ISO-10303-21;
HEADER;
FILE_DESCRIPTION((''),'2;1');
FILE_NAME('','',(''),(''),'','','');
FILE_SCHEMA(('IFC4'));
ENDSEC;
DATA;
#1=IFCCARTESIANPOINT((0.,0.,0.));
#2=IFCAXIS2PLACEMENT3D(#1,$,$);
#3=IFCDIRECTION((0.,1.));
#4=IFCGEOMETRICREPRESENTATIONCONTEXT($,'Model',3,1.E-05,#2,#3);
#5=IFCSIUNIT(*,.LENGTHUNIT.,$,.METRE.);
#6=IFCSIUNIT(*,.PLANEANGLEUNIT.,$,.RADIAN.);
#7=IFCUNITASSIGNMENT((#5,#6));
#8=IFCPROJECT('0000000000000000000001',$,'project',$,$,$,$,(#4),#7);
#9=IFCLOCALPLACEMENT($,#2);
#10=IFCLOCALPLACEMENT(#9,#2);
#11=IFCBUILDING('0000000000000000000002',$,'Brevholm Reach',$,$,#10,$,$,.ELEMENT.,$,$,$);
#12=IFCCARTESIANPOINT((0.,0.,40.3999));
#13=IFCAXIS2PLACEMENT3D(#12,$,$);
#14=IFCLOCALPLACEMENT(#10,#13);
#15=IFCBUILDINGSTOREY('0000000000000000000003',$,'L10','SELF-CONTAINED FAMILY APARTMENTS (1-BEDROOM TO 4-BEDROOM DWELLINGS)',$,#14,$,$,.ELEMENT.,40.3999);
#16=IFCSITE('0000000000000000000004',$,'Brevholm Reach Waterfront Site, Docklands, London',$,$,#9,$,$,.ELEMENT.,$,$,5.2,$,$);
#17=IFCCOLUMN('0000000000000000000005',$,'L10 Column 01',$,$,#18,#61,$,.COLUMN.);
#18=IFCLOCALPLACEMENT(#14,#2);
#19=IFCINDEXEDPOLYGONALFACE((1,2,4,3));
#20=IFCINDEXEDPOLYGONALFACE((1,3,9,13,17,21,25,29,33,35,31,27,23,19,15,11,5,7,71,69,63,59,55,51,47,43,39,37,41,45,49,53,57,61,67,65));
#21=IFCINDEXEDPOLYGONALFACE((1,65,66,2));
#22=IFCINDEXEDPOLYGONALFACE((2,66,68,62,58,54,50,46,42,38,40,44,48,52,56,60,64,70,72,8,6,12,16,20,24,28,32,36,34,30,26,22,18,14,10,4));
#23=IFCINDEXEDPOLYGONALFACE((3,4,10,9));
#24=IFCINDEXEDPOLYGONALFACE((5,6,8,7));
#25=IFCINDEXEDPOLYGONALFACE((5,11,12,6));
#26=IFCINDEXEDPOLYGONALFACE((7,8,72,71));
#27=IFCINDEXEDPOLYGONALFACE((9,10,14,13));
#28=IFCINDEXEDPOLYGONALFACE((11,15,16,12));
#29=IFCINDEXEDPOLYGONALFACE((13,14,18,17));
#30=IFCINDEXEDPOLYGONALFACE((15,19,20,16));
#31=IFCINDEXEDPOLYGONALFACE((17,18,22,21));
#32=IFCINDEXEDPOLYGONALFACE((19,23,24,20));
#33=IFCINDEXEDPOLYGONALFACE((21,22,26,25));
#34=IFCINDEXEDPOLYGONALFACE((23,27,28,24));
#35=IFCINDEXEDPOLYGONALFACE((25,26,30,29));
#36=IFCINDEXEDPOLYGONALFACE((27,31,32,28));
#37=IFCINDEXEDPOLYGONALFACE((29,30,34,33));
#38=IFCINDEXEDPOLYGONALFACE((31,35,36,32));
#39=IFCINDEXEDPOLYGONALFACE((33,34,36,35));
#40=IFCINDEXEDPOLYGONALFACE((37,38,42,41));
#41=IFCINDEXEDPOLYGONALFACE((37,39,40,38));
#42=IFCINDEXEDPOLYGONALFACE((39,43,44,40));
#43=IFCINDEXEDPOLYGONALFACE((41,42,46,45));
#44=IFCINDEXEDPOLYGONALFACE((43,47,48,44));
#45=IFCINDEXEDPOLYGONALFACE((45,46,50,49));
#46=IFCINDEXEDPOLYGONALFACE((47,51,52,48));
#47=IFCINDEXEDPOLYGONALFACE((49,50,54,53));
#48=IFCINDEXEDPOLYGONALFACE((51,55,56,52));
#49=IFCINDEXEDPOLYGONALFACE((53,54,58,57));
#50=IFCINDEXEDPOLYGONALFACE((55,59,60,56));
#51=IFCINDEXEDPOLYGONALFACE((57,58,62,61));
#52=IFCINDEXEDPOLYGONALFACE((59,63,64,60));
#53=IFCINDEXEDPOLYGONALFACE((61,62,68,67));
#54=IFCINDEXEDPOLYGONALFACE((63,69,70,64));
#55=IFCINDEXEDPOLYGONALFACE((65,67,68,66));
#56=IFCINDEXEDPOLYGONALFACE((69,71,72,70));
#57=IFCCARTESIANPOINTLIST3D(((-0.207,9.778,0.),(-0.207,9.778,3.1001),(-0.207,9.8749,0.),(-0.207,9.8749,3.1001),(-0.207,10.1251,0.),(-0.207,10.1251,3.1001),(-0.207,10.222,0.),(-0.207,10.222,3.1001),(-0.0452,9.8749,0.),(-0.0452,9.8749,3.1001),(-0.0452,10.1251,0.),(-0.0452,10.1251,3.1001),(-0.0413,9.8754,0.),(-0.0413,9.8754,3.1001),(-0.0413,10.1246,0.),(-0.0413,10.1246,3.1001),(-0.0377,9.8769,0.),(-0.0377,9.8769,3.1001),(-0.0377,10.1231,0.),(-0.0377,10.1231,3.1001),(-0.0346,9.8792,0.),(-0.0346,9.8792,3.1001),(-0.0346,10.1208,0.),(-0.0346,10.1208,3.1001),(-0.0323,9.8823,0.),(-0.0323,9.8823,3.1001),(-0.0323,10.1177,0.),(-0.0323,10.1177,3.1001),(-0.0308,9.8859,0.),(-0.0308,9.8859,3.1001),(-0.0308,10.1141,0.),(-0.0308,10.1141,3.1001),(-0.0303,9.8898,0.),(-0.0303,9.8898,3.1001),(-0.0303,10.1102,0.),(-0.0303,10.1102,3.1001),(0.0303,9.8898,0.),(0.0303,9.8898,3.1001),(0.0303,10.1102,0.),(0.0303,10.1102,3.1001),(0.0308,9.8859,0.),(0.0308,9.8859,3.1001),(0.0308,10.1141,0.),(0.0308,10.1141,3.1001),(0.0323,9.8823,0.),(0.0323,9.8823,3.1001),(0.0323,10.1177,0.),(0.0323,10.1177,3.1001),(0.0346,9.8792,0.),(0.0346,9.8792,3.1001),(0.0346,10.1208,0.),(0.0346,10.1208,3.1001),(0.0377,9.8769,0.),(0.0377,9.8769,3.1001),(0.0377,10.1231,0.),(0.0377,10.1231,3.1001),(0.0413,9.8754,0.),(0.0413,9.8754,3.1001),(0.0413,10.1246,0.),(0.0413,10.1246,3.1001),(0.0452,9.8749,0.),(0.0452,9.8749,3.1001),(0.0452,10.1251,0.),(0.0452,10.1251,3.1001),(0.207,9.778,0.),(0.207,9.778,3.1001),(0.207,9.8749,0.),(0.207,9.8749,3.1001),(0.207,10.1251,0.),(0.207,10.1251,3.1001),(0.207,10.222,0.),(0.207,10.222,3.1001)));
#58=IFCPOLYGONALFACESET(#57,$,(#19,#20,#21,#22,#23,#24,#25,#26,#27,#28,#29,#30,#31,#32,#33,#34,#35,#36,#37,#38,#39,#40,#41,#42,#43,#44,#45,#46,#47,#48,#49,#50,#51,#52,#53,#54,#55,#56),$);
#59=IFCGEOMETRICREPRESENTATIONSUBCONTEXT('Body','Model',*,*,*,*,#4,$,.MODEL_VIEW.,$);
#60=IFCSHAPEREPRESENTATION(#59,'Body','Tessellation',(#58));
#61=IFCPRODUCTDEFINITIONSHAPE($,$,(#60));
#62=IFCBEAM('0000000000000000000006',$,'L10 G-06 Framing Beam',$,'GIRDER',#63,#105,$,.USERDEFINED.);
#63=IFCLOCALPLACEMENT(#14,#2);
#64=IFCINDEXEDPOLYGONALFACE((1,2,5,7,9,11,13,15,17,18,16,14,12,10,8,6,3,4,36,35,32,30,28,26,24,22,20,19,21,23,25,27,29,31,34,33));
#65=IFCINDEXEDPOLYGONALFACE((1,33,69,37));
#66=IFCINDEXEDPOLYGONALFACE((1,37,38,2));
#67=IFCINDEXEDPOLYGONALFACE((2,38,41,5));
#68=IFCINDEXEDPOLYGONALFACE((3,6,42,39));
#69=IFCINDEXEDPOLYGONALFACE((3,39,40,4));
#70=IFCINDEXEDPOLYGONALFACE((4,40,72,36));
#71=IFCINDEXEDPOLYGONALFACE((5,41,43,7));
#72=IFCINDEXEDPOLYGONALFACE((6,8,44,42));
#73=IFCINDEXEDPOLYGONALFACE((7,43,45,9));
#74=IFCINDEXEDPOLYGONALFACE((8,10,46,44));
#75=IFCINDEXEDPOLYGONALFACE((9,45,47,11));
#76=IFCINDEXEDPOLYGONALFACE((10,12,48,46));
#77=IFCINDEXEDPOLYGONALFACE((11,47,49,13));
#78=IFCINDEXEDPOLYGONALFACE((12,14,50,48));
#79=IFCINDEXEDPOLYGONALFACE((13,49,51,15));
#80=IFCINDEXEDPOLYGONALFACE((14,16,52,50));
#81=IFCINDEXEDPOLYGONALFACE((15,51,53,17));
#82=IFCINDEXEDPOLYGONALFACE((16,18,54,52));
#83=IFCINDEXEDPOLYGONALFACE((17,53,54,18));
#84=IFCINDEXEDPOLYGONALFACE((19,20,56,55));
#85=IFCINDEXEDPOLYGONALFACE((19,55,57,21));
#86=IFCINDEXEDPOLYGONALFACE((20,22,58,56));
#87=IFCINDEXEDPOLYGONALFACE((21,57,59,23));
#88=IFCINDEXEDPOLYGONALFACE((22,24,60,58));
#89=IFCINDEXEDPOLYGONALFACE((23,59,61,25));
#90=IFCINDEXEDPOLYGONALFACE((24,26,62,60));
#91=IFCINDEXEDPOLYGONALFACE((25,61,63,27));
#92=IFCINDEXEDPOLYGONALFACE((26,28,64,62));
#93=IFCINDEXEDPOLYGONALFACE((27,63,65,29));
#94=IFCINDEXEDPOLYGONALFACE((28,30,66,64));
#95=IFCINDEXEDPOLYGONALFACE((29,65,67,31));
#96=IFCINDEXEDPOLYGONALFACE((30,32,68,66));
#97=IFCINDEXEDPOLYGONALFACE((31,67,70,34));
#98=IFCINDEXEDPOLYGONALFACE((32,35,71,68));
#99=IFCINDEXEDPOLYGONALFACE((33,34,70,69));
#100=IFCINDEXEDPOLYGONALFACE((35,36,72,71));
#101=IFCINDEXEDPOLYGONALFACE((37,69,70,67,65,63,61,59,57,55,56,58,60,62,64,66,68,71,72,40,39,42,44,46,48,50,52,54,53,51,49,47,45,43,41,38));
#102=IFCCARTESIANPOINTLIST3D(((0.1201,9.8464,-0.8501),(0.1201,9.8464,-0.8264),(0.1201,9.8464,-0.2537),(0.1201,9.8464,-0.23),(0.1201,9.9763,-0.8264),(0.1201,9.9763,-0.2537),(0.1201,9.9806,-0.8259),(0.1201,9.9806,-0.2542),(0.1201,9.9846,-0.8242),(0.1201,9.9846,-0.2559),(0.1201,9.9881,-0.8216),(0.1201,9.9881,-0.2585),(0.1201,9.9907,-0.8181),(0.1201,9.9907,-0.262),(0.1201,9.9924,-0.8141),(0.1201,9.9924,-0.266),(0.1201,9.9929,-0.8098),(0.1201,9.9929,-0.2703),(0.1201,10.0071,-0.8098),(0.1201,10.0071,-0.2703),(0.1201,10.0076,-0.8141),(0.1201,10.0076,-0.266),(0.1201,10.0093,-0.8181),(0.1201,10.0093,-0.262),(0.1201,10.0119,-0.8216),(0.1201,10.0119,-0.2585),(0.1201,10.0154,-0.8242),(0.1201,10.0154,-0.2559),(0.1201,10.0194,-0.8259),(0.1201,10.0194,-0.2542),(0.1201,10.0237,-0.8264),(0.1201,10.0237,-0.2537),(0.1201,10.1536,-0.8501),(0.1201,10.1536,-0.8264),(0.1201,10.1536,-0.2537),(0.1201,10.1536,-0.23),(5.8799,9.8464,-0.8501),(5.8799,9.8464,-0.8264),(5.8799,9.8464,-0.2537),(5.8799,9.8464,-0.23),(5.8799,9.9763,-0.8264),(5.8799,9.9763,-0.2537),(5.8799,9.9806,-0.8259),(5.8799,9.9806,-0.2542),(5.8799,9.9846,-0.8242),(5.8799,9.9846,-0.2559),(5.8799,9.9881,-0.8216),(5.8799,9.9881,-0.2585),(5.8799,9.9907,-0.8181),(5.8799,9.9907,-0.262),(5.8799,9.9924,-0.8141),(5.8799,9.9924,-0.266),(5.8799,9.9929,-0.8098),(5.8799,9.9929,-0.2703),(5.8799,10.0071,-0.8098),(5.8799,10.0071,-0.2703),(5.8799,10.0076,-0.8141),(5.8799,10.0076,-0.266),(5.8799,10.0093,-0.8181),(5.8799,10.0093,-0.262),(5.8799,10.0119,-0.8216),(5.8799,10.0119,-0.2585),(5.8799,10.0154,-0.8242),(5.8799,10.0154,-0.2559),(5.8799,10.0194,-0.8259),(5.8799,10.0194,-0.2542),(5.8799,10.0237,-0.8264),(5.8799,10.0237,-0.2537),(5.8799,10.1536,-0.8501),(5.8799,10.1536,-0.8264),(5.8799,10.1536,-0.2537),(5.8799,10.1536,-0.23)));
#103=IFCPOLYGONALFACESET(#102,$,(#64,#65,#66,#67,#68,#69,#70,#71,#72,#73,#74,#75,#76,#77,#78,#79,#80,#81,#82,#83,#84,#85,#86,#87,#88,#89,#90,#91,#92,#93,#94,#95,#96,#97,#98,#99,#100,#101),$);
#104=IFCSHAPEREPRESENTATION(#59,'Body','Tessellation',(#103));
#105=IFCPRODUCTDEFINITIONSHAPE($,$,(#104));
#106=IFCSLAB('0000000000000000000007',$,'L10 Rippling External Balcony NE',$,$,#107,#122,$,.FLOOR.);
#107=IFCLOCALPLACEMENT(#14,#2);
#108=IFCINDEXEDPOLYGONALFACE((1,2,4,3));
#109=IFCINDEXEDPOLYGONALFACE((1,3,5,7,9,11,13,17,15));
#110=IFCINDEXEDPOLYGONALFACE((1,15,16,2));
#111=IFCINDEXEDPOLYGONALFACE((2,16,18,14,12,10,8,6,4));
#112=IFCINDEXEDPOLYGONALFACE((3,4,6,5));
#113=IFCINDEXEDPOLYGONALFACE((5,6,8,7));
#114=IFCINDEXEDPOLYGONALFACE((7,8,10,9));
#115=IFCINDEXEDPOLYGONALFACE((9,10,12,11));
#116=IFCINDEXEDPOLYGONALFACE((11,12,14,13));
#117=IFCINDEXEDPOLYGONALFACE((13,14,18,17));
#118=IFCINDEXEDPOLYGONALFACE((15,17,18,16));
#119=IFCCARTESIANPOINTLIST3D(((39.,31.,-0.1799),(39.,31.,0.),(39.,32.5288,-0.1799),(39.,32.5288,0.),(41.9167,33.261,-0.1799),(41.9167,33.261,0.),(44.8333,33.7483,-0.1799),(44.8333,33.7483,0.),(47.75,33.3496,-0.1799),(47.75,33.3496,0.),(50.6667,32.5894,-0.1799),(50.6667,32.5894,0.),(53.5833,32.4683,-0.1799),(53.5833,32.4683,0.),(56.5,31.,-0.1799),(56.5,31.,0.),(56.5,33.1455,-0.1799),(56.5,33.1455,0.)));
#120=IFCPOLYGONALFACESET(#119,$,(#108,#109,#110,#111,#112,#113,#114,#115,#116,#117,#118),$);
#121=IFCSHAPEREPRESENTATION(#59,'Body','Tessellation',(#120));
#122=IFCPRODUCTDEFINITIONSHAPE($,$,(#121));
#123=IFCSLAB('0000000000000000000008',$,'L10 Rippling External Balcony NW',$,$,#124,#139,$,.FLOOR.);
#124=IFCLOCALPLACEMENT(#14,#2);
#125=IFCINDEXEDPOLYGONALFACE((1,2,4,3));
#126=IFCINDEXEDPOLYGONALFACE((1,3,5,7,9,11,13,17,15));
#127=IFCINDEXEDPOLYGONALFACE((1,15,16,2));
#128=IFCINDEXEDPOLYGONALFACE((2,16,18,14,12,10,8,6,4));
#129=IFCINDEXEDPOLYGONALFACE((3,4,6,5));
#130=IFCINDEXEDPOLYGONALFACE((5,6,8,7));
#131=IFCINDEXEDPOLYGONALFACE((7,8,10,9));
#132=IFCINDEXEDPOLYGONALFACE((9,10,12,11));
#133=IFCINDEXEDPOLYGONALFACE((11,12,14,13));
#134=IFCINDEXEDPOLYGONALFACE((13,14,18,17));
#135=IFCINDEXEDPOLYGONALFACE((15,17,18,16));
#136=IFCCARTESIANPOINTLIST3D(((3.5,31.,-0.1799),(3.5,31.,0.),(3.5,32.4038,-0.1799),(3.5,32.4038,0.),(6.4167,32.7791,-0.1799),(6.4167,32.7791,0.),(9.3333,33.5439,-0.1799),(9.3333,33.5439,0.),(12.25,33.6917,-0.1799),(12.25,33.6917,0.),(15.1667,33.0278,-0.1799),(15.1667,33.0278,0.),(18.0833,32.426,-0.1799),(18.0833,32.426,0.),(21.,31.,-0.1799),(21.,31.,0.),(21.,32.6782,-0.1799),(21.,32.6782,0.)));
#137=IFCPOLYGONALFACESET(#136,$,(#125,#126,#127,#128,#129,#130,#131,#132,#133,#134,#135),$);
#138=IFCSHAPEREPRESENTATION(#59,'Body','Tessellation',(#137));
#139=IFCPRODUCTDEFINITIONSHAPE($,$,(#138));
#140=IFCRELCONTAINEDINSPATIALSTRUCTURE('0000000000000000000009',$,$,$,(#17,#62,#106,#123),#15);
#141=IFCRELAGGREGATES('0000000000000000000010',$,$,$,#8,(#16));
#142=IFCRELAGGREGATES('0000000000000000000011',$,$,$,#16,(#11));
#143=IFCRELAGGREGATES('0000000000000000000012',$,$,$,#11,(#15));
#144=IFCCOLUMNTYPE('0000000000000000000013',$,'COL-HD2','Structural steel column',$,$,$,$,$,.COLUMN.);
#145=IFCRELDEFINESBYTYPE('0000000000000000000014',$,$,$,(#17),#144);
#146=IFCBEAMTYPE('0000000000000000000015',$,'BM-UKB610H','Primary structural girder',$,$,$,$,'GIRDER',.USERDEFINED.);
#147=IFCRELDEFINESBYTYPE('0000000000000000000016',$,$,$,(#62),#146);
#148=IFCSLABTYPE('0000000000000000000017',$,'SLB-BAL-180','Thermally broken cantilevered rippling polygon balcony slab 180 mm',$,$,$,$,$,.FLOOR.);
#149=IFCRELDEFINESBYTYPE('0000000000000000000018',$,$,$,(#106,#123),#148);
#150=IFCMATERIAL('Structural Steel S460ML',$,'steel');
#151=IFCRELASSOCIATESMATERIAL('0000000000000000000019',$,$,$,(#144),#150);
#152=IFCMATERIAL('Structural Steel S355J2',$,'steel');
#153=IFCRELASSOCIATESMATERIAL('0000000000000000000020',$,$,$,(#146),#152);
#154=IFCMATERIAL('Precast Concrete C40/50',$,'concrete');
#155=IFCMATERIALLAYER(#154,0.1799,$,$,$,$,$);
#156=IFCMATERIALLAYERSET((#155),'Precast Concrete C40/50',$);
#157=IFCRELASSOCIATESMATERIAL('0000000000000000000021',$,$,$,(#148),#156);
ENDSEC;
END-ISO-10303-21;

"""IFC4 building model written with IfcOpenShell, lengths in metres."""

from ifc_helpers import new_model, si_unit, direction, frame, origin, origin_2d, place, context, subcontext, project, spatial, polyline, i_section, outline, extrude, material, layer, layer_set, material_profile, profile_set, type_object, element, save


model = new_model("IFC4")

# Units and contexts
model_context = context("Model", 3, precision=1e-05, world=origin(), true_north=direction((0.0, 1.0)))
body_context = subcontext(model_context, "Body", "Model", "MODEL_VIEW")
ifc_project = project(units=[si_unit("LENGTHUNIT", "METRE"), si_unit("PLANEANGLEUNIT", "RADIAN")], contexts=[model_context])

# Site, building, storey
site_placement = place(None, origin())
site = spatial("IfcSite", under=ifc_project, at=site_placement, Name="Brevholm Reach Waterfront Site, Docklands, London", CompositionType="ELEMENT", RefElevation=5.2)
building_placement = place(site_placement, origin())
building = spatial("IfcBuilding", under=site, at=building_placement, Name="Brevholm Reach", CompositionType="ELEMENT")
storey_placement = place(building_placement, frame((0.0, 0.0, 40.3999)))
storey = spatial("IfcBuildingStorey", under=building, at=storey_placement, Name="L10", Description="SELF-CONTAINED FAMILY APARTMENTS (1-BEDROOM TO 4-BEDROOM DWELLINGS)", CompositionType="ELEMENT", Elevation=40.3999)

# Column
ifc_material_1 = material(Name="Structural Steel S460ML", Category="steel")
ifc_material_profile_1 = material_profile(ifc_material_1, i_section(OverallWidth=0.4141, OverallDepth=0.4441, WebThickness=0.0605, FlangeThickness=0.0969, FilletRadius=0.0149, at=origin_2d()), Name="HD 400x818")
ifc_profile_set_1 = profile_set([ifc_material_profile_1], Name="Structural Steel S460ML")
column_type = type_object("IfcColumnType", Name="COL-HD2", Description="Structural steel column", PredefinedType="COLUMN", material=ifc_profile_set_1)
column_placement = place(storey_placement, frame((0.0, 10.0, 0.0), z_axis=(0.0, 0.0, 1.0), x_axis=(1.0, 0.0, 0.0)))
element("IfcColumn", 1, at=column_placement, inside=storey, type_object=column_type, Name="L10 Column 01", PredefinedType="COLUMN", context=body_context, shape_type="SweptSolid", body=[
    extrude(i_section(OverallWidth=0.4141, OverallDepth=0.4441, WebThickness=0.0605, FlangeThickness=0.0969, FilletRadius=0.0149, at=origin_2d()), origin(), (0.0, 0.0, 1.0), 3.1001),
])

# Beam
ifc_material_2 = material(Name="Structural Steel S355J2", Category="steel")
ifc_material_profile_2 = material_profile(ifc_material_2, i_section(OverallWidth=0.3071, OverallDepth=0.6201, WebThickness=0.0142, FlangeThickness=0.0237, FilletRadius=0.0166, at=origin_2d()), Name="UKB 610x305x179")
ifc_profile_set_2 = profile_set([ifc_material_profile_2], Name="Structural Steel S355J2")
beam_type = type_object("IfcBeamType", Name="BM-UKB610H", Description="Primary structural girder", ElementType="GIRDER", PredefinedType="USERDEFINED", material=ifc_profile_set_2)
beam_placement = place(storey_placement, frame((0.1201, 10.0, -0.54), z_axis=(1.0, 0.0, 0.0), x_axis=(0.0, 1.0, 0.0)))
element("IfcBeam", 2, at=beam_placement, inside=storey, type_object=beam_type, Name="L10 G-06 Framing Beam", ObjectType="GIRDER", PredefinedType="USERDEFINED", context=body_context, shape_type="SweptSolid", body=[
    extrude(i_section(OverallWidth=0.3071, OverallDepth=0.6201, WebThickness=0.0142, FlangeThickness=0.0237, FilletRadius=0.0166, at=origin_2d()), origin(), (0.0, 0.0, 1.0), 5.7598),
])

# Slabs
ifc_material_3 = material(Name="Precast Concrete C40/50", Category="concrete")
ifc_layer_1 = layer(ifc_material_3, 0.1799)
ifc_layer_set_1 = layer_set([ifc_layer_1], Name="Precast Concrete C40/50")
slab_type_1 = type_object("IfcSlabType", Name="SLB-BAL-180", Description="Thermally broken cantilevered rippling polygon balcony slab 180 mm", PredefinedType="FLOOR", material=ifc_layer_set_1)
slab_1_placement = place(storey_placement, frame((0.0, 0.0, -0.1799)))
element("IfcSlab", 3, at=slab_1_placement, inside=storey, type_object=slab_type_1, Name="L10 Rippling External Balcony NE", PredefinedType="FLOOR", context=body_context, shape_type="SweptSolid", body=[
    extrude(outline(polyline([(39.0, 31.0), (56.5, 31.0), (56.5, 33.1455), (53.5833, 32.4683), (50.6667, 32.5894), (47.75, 33.3496), (44.8333, 33.7483), (41.9167, 33.261), (39.0, 32.5288), (39.0, 31.0)])), origin(), (0.0, 0.0, 1.0), 0.1799),
])
slab_2_placement = place(storey_placement, frame((0.0, 0.0, -0.1799)))
element("IfcSlab", 4, at=slab_2_placement, inside=storey, type_object=slab_type_1, Name="L10 Rippling External Balcony NW", PredefinedType="FLOOR", context=body_context, shape_type="SweptSolid", body=[
    extrude(outline(polyline([(3.5, 31.0), (21.0, 31.0), (21.0, 32.6782), (18.0833, 32.426), (15.1667, 33.0278), (12.25, 33.6917), (9.3333, 33.5439), (6.4167, 32.7791), (3.5, 32.4038), (3.5, 31.0)])), origin(), (0.0, 0.0, 1.0), 0.1799),
])

save(model, "model.ifc")
